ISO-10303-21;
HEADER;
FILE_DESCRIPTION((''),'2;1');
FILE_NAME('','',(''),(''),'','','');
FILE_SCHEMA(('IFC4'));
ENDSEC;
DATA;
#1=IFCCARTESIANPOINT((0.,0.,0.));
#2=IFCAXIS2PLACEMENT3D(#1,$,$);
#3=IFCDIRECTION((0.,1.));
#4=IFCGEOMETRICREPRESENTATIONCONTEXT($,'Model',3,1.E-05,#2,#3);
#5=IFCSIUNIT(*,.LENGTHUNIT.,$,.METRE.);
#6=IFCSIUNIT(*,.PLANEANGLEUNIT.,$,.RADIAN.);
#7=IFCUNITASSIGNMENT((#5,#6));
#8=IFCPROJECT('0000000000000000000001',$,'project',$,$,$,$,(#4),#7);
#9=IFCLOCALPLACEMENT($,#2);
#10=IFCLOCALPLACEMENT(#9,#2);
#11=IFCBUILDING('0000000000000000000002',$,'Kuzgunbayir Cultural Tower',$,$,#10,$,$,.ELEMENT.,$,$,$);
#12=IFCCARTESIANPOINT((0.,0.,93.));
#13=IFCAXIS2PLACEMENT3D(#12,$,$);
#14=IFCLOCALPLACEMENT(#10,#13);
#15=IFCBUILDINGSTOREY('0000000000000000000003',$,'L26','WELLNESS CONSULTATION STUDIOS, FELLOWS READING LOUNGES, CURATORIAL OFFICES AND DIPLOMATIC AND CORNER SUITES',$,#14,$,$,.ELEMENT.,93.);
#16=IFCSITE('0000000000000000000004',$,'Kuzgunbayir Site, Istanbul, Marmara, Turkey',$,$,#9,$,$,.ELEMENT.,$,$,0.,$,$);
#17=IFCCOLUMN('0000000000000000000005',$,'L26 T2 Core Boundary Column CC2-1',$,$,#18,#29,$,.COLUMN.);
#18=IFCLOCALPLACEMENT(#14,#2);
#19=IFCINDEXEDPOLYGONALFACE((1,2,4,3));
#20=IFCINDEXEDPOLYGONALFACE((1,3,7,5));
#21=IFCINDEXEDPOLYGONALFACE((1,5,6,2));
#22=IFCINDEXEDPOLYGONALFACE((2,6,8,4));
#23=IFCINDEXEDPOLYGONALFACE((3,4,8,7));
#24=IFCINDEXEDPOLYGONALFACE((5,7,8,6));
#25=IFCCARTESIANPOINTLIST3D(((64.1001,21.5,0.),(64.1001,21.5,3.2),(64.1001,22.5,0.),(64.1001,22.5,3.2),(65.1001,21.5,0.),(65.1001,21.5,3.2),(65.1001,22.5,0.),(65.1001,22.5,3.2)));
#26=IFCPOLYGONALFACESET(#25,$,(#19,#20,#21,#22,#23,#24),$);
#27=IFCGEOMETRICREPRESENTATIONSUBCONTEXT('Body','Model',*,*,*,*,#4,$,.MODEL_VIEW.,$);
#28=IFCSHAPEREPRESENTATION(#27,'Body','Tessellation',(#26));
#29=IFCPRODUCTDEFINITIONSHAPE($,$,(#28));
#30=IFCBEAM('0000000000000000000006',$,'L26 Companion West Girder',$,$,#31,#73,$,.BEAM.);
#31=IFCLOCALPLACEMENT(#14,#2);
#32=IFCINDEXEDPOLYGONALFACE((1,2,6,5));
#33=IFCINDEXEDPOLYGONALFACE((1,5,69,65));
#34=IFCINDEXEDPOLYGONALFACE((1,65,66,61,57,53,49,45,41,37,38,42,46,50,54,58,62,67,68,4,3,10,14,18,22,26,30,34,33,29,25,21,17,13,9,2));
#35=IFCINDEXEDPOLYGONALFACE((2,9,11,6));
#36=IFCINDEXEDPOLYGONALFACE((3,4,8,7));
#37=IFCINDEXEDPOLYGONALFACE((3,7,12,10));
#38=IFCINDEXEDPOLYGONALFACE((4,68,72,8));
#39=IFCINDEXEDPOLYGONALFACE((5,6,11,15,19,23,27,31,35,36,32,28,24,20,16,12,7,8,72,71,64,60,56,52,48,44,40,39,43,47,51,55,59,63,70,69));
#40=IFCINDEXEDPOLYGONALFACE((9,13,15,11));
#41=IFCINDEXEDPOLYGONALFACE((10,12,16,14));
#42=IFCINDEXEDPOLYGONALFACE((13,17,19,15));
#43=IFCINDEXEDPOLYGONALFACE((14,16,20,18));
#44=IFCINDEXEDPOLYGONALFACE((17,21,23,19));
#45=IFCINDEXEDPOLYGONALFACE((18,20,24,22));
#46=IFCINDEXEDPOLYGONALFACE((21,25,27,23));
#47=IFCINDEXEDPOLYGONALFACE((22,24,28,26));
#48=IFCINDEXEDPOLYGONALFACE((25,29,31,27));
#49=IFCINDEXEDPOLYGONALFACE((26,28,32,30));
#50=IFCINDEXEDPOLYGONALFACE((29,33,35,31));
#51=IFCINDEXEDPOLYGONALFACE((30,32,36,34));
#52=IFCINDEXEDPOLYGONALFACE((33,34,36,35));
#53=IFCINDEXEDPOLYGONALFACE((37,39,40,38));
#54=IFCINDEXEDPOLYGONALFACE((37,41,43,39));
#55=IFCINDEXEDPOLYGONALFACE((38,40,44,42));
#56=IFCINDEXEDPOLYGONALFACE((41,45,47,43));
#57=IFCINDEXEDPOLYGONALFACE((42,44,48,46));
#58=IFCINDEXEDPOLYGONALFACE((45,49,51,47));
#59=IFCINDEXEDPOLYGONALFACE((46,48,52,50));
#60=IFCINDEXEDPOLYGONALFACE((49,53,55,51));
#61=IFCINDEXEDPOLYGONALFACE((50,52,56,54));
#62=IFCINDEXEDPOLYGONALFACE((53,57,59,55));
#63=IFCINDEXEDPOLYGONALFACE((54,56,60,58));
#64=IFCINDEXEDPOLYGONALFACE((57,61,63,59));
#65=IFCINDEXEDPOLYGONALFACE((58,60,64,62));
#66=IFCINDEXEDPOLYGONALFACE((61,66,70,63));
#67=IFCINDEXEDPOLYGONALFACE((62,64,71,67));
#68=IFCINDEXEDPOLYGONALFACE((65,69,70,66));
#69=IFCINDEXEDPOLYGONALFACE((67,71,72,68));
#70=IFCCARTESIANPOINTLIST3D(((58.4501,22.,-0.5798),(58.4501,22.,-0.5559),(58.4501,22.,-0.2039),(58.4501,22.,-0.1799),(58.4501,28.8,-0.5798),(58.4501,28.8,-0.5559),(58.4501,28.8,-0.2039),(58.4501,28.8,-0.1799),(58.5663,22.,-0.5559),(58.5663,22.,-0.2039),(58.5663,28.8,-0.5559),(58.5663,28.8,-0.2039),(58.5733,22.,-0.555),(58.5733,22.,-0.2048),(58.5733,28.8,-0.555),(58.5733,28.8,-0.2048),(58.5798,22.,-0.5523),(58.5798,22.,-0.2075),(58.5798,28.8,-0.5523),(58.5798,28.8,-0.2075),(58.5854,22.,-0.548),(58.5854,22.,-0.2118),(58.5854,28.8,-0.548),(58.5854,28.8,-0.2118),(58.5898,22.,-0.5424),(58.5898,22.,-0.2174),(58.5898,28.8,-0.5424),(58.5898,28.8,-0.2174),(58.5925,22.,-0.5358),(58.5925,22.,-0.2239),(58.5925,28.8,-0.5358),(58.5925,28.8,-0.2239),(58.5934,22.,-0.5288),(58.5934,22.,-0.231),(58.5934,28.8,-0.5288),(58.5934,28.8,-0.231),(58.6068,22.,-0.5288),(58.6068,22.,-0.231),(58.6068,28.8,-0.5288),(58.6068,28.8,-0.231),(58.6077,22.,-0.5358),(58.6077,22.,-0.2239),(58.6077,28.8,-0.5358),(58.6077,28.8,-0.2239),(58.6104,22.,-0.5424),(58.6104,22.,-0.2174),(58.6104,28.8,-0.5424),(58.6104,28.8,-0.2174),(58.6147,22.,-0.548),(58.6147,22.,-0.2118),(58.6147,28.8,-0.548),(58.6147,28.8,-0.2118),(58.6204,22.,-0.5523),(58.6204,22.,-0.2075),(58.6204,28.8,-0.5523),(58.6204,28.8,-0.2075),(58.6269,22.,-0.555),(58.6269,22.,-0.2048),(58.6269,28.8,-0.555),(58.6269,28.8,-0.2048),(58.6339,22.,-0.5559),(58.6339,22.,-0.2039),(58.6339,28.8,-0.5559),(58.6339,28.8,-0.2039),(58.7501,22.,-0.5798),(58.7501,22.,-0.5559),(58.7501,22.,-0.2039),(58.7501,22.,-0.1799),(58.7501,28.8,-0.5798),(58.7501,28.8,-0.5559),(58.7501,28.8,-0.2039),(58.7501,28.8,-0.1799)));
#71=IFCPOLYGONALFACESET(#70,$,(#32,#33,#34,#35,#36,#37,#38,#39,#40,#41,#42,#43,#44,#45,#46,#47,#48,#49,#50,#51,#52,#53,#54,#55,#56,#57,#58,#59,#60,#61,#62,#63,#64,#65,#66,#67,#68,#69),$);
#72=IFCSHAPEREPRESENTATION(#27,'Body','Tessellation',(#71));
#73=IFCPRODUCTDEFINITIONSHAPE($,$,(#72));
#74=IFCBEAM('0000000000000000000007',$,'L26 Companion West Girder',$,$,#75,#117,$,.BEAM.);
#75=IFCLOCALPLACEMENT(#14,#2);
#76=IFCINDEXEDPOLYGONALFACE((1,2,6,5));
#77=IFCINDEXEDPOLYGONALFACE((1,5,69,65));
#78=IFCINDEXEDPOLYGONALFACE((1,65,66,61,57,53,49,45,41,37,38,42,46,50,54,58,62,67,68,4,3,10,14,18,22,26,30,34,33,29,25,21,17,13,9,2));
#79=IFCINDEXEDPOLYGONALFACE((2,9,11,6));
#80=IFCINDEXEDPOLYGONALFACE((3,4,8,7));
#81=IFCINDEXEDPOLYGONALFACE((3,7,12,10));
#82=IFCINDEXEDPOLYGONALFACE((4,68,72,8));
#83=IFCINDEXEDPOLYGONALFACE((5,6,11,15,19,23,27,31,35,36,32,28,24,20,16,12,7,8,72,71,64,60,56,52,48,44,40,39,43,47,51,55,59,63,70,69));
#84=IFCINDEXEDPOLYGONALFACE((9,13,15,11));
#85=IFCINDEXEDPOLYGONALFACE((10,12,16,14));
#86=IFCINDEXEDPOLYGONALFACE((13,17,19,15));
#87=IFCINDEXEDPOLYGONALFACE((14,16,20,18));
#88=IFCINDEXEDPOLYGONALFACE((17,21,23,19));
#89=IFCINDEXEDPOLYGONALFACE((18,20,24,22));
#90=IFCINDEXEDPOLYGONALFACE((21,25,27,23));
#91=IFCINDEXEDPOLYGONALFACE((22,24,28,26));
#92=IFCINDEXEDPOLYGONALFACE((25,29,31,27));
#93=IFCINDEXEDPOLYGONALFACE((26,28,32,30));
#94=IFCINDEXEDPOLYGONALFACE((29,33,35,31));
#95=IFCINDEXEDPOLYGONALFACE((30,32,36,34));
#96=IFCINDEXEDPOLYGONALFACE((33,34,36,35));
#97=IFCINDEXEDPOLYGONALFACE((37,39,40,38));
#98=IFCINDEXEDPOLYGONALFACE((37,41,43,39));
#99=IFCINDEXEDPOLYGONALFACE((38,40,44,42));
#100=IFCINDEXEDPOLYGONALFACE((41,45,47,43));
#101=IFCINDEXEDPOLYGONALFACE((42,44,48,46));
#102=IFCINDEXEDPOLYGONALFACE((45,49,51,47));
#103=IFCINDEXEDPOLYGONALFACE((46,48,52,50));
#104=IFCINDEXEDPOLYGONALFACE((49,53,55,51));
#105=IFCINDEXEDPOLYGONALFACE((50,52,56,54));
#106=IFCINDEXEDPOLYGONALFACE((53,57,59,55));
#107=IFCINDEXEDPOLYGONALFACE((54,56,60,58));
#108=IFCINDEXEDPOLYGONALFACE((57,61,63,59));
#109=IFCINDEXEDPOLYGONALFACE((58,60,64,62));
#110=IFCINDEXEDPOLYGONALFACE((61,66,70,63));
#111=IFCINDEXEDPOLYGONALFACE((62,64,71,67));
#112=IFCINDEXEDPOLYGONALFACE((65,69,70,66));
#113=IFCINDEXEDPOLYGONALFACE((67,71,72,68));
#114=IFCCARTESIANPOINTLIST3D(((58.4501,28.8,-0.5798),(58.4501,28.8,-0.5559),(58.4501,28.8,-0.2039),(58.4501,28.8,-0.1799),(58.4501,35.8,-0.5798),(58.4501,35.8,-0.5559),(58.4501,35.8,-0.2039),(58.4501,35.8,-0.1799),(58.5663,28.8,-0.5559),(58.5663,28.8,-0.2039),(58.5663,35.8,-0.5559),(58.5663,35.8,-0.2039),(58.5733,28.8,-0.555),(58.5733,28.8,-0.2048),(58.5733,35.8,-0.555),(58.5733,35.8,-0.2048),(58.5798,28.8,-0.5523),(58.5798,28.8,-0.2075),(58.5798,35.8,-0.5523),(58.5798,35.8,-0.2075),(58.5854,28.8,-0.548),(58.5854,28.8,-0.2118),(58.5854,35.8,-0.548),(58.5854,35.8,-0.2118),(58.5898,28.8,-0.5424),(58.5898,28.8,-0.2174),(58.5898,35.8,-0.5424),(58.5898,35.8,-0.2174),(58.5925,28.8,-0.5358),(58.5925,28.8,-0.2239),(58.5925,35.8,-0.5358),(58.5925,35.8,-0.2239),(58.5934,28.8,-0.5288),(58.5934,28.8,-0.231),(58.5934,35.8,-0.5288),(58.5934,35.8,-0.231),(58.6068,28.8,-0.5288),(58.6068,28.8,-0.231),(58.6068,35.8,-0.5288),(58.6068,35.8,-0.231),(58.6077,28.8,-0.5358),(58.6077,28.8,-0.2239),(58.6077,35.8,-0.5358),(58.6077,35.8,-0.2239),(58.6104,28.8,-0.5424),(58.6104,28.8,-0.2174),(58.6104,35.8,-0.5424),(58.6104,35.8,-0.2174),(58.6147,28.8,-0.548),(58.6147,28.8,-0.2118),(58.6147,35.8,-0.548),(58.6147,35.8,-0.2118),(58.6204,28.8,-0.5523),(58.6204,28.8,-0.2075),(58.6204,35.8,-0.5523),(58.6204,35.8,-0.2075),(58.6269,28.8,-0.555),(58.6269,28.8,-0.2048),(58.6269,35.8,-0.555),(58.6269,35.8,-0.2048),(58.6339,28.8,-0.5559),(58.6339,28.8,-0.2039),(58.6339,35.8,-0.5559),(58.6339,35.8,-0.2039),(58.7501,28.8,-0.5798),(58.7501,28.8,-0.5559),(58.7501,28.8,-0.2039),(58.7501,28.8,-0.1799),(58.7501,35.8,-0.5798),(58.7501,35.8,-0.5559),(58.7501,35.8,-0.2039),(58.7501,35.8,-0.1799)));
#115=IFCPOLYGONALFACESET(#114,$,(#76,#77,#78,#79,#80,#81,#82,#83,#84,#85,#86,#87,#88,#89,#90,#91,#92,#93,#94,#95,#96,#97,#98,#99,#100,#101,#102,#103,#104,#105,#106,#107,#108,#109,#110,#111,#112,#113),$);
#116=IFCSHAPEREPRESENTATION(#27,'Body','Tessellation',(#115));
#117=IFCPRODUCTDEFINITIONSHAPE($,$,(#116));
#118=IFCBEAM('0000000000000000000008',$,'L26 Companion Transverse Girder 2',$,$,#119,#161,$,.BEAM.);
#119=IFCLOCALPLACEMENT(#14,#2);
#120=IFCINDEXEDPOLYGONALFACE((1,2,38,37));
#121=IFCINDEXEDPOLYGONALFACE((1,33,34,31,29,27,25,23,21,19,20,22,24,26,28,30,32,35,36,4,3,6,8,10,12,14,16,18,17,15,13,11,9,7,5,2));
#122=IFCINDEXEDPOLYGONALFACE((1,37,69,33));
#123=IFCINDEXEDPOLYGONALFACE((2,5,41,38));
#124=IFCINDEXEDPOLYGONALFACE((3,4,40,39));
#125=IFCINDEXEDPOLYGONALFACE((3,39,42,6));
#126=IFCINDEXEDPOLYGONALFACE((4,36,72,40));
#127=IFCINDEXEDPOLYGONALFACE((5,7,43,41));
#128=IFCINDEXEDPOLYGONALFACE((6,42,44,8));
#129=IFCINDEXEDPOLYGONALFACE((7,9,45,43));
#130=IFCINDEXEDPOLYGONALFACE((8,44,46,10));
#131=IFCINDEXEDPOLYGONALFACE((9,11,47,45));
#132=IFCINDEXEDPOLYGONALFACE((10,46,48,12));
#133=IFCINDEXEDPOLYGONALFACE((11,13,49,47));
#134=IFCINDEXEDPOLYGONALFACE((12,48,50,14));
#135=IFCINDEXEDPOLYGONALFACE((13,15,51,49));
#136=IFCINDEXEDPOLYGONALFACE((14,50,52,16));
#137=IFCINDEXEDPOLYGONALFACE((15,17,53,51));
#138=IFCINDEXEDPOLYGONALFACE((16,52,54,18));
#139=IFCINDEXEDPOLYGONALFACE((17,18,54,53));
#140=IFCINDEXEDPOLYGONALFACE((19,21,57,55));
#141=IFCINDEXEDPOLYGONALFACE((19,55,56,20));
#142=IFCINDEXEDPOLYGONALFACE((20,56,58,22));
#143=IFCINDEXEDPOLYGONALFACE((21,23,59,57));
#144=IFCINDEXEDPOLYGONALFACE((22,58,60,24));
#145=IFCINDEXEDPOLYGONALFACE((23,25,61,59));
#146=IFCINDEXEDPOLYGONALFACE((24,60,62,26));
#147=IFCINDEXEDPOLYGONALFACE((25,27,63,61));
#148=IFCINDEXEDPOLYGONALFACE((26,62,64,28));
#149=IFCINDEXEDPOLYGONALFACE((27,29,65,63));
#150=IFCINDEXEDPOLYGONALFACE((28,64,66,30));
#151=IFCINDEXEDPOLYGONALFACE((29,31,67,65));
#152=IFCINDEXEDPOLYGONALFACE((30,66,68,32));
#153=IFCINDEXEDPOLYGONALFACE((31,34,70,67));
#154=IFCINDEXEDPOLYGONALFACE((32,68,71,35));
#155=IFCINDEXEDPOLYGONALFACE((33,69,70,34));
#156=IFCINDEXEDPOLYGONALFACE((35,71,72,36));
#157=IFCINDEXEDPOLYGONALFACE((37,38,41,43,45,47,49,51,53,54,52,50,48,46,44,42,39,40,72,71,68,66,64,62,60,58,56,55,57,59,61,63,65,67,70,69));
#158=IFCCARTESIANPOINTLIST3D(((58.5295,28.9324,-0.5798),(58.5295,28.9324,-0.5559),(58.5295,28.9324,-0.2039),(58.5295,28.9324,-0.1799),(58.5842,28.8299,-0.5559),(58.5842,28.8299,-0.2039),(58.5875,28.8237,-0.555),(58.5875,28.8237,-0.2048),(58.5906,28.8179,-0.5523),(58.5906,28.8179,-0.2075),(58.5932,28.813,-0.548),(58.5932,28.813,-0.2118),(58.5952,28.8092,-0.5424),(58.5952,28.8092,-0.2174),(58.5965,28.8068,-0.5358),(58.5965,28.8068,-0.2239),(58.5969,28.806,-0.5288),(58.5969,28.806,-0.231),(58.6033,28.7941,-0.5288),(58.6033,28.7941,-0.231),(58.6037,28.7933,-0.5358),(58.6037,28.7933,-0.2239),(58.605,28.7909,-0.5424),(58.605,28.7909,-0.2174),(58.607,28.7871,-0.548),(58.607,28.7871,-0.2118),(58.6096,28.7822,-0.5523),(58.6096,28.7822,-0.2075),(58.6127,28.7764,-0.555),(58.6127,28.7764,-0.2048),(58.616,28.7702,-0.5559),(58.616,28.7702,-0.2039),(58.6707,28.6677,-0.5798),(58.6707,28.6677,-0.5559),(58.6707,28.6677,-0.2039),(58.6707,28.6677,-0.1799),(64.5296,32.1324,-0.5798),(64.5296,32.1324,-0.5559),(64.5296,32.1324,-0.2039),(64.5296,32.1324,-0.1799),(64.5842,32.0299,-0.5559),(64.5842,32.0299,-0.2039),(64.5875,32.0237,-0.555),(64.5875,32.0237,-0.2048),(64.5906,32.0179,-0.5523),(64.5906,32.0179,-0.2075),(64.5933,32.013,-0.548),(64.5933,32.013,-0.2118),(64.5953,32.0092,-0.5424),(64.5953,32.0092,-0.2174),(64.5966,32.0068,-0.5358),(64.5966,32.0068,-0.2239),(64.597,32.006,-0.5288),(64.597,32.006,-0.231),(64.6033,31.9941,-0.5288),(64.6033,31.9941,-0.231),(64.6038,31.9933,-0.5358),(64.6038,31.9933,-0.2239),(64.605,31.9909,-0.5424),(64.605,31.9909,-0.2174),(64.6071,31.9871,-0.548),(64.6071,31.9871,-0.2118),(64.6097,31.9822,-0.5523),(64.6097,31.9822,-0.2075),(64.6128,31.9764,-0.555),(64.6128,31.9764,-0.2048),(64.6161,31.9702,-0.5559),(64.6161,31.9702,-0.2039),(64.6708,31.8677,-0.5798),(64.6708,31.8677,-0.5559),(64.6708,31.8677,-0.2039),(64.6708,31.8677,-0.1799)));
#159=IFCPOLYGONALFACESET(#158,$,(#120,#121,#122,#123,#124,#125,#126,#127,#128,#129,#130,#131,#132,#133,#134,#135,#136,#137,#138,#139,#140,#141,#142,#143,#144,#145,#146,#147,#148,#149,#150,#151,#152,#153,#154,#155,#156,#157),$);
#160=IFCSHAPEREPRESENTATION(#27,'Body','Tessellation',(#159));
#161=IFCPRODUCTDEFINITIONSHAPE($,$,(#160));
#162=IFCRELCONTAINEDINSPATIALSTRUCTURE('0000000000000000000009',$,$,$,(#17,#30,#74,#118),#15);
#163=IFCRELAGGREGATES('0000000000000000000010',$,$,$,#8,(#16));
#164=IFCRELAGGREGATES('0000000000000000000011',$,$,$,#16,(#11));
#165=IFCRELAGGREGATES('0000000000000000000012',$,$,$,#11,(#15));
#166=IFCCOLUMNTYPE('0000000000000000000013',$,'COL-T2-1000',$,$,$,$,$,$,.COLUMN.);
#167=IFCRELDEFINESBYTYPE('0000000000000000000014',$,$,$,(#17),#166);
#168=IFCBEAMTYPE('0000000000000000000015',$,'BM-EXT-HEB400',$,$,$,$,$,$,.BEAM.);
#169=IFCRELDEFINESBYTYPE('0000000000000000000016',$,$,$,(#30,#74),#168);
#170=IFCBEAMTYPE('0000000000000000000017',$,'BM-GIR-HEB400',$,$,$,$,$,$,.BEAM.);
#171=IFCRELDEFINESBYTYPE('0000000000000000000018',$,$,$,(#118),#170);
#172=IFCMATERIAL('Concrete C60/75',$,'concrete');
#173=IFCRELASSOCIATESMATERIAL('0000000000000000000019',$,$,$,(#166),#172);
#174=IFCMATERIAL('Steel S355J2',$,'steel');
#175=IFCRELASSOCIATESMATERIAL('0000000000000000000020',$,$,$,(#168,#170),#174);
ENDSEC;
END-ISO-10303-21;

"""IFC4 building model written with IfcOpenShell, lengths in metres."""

from ifc_helpers import new_model, si_unit, direction, frame, origin, origin_2d, place, context, subcontext, project, spatial, rectangle, i_section, extrude, material, material_profile, profile_set, type_object, element, save


model = new_model("IFC4")

# Units and contexts
model_context = context("Model", 3, precision=1e-05, world=origin(), true_north=direction((0.0, 1.0)))
body_context = subcontext(model_context, "Body", "Model", "MODEL_VIEW")
ifc_project = project(units=[si_unit("LENGTHUNIT", "METRE"), si_unit("PLANEANGLEUNIT", "RADIAN")], contexts=[model_context])

# Site, building, storey
site_placement = place(None, origin())
site = spatial("IfcSite", under=ifc_project, at=site_placement, Name="Kuzgunbayir Site, Istanbul, Marmara, Turkey", CompositionType="ELEMENT", RefElevation=0.0)
building_placement = place(site_placement, origin())
building = spatial("IfcBuilding", under=site, at=building_placement, Name="Kuzgunbayir Cultural Tower", CompositionType="ELEMENT")
storey_placement = place(building_placement, frame((0.0, 0.0, 93.0)))
storey = spatial("IfcBuildingStorey", under=building, at=storey_placement, Name="L26", Description="WELLNESS CONSULTATION STUDIOS, FELLOWS READING LOUNGES, CURATORIAL OFFICES AND DIPLOMATIC AND CORNER SUITES", CompositionType="ELEMENT", Elevation=93.0)

# Column
ifc_material_1 = material(Name="Concrete C60/75", Category="concrete")
ifc_material_profile_1 = material_profile(ifc_material_1, rectangle(XDim=1.0, YDim=1.0, at=origin_2d()), Name="RC 1000x1000")
ifc_profile_set_1 = profile_set([ifc_material_profile_1], Name="Concrete C60/75")
column_type = type_object("IfcColumnType", Name="COL-T2-1000", PredefinedType="COLUMN", material=ifc_profile_set_1)
column_placement = place(storey_placement, frame((64.6001, 22.0, 0.0), z_axis=(0.0, 0.0, 1.0), x_axis=(1.0, 0.0, 0.0)))
element("IfcColumn", 1, at=column_placement, inside=storey, type_object=column_type, Name="L26 T2 Core Boundary Column CC2-1", PredefinedType="COLUMN", context=body_context, shape_type="SweptSolid", body=[
    extrude(rectangle(XDim=1.0, YDim=1.0, at=origin_2d()), origin(), (0.0, 0.0, 1.0), 3.2),
])

# Beams
ifc_material_2 = material(Name="Steel S355J2", Category="steel")
ifc_material_profile_2 = material_profile(ifc_material_2, i_section(OverallWidth=0.3, OverallDepth=0.3999, WebThickness=0.0134, FlangeThickness=0.0239, FilletRadius=0.0271, at=origin_2d()), Name="HEB 400")
ifc_profile_set_2 = profile_set([ifc_material_profile_2], Name="Steel S355J2")
beam_type_1 = type_object("IfcBeamType", Name="BM-EXT-HEB400", PredefinedType="BEAM", material=ifc_profile_set_2)
beam_1_placement = place(storey_placement, frame((58.6001, 22.0, -0.3799), z_axis=(0.0, 1.0, 0.0), x_axis=(-1.0, 0.0, 0.0)))
element("IfcBeam", 2, at=beam_1_placement, inside=storey, type_object=beam_type_1, Name="L26 Companion West Girder", PredefinedType="BEAM", context=body_context, shape_type="SweptSolid", body=[
    extrude(i_section(OverallWidth=0.3, OverallDepth=0.3999, WebThickness=0.0134, FlangeThickness=0.0239, FilletRadius=0.0271, at=origin_2d()), origin(), (0.0, 0.0, 1.0), 6.8),
])
beam_2_placement = place(storey_placement, frame((58.6001, 28.8, -0.3799), z_axis=(0.0, 1.0, 0.0), x_axis=(-1.0, 0.0, 0.0)))
element("IfcBeam", 3, at=beam_2_placement, inside=storey, type_object=beam_type_1, Name="L26 Companion West Girder", PredefinedType="BEAM", context=body_context, shape_type="SweptSolid", body=[
    extrude(i_section(OverallWidth=0.3, OverallDepth=0.3999, WebThickness=0.0134, FlangeThickness=0.0239, FilletRadius=0.0271, at=origin_2d()), origin(), (0.0, 0.0, 1.0), 7.0),
])
ifc_material_profile_3 = material_profile(ifc_material_2, i_section(OverallWidth=0.3, OverallDepth=0.3999, WebThickness=0.0134, FlangeThickness=0.0239, FilletRadius=0.0271, at=origin_2d()), Name="HEB 400")
ifc_profile_set_3 = profile_set([ifc_material_profile_3], Name="Steel S355J2")
beam_type_2 = type_object("IfcBeamType", Name="BM-GIR-HEB400", PredefinedType="BEAM", material=ifc_profile_set_3)
beam_3_placement = place(storey_placement, frame((58.6001, 28.8, -0.3799), z_axis=(0.882356, 0.470583, 0.0), x_axis=(-0.470583, 0.882356, 0.0)))
element("IfcBeam", 4, at=beam_3_placement, inside=storey, type_object=beam_type_2, Name="L26 Companion Transverse Girder 2", PredefinedType="BEAM", context=body_context, shape_type="SweptSolid", body=[
    extrude(i_section(OverallWidth=0.3, OverallDepth=0.3999, WebThickness=0.0134, FlangeThickness=0.0239, FilletRadius=0.0271, at=origin_2d()), origin(), (0.0, 0.0, 1.0), 6.8),
])

save(model, "model.ifc")
